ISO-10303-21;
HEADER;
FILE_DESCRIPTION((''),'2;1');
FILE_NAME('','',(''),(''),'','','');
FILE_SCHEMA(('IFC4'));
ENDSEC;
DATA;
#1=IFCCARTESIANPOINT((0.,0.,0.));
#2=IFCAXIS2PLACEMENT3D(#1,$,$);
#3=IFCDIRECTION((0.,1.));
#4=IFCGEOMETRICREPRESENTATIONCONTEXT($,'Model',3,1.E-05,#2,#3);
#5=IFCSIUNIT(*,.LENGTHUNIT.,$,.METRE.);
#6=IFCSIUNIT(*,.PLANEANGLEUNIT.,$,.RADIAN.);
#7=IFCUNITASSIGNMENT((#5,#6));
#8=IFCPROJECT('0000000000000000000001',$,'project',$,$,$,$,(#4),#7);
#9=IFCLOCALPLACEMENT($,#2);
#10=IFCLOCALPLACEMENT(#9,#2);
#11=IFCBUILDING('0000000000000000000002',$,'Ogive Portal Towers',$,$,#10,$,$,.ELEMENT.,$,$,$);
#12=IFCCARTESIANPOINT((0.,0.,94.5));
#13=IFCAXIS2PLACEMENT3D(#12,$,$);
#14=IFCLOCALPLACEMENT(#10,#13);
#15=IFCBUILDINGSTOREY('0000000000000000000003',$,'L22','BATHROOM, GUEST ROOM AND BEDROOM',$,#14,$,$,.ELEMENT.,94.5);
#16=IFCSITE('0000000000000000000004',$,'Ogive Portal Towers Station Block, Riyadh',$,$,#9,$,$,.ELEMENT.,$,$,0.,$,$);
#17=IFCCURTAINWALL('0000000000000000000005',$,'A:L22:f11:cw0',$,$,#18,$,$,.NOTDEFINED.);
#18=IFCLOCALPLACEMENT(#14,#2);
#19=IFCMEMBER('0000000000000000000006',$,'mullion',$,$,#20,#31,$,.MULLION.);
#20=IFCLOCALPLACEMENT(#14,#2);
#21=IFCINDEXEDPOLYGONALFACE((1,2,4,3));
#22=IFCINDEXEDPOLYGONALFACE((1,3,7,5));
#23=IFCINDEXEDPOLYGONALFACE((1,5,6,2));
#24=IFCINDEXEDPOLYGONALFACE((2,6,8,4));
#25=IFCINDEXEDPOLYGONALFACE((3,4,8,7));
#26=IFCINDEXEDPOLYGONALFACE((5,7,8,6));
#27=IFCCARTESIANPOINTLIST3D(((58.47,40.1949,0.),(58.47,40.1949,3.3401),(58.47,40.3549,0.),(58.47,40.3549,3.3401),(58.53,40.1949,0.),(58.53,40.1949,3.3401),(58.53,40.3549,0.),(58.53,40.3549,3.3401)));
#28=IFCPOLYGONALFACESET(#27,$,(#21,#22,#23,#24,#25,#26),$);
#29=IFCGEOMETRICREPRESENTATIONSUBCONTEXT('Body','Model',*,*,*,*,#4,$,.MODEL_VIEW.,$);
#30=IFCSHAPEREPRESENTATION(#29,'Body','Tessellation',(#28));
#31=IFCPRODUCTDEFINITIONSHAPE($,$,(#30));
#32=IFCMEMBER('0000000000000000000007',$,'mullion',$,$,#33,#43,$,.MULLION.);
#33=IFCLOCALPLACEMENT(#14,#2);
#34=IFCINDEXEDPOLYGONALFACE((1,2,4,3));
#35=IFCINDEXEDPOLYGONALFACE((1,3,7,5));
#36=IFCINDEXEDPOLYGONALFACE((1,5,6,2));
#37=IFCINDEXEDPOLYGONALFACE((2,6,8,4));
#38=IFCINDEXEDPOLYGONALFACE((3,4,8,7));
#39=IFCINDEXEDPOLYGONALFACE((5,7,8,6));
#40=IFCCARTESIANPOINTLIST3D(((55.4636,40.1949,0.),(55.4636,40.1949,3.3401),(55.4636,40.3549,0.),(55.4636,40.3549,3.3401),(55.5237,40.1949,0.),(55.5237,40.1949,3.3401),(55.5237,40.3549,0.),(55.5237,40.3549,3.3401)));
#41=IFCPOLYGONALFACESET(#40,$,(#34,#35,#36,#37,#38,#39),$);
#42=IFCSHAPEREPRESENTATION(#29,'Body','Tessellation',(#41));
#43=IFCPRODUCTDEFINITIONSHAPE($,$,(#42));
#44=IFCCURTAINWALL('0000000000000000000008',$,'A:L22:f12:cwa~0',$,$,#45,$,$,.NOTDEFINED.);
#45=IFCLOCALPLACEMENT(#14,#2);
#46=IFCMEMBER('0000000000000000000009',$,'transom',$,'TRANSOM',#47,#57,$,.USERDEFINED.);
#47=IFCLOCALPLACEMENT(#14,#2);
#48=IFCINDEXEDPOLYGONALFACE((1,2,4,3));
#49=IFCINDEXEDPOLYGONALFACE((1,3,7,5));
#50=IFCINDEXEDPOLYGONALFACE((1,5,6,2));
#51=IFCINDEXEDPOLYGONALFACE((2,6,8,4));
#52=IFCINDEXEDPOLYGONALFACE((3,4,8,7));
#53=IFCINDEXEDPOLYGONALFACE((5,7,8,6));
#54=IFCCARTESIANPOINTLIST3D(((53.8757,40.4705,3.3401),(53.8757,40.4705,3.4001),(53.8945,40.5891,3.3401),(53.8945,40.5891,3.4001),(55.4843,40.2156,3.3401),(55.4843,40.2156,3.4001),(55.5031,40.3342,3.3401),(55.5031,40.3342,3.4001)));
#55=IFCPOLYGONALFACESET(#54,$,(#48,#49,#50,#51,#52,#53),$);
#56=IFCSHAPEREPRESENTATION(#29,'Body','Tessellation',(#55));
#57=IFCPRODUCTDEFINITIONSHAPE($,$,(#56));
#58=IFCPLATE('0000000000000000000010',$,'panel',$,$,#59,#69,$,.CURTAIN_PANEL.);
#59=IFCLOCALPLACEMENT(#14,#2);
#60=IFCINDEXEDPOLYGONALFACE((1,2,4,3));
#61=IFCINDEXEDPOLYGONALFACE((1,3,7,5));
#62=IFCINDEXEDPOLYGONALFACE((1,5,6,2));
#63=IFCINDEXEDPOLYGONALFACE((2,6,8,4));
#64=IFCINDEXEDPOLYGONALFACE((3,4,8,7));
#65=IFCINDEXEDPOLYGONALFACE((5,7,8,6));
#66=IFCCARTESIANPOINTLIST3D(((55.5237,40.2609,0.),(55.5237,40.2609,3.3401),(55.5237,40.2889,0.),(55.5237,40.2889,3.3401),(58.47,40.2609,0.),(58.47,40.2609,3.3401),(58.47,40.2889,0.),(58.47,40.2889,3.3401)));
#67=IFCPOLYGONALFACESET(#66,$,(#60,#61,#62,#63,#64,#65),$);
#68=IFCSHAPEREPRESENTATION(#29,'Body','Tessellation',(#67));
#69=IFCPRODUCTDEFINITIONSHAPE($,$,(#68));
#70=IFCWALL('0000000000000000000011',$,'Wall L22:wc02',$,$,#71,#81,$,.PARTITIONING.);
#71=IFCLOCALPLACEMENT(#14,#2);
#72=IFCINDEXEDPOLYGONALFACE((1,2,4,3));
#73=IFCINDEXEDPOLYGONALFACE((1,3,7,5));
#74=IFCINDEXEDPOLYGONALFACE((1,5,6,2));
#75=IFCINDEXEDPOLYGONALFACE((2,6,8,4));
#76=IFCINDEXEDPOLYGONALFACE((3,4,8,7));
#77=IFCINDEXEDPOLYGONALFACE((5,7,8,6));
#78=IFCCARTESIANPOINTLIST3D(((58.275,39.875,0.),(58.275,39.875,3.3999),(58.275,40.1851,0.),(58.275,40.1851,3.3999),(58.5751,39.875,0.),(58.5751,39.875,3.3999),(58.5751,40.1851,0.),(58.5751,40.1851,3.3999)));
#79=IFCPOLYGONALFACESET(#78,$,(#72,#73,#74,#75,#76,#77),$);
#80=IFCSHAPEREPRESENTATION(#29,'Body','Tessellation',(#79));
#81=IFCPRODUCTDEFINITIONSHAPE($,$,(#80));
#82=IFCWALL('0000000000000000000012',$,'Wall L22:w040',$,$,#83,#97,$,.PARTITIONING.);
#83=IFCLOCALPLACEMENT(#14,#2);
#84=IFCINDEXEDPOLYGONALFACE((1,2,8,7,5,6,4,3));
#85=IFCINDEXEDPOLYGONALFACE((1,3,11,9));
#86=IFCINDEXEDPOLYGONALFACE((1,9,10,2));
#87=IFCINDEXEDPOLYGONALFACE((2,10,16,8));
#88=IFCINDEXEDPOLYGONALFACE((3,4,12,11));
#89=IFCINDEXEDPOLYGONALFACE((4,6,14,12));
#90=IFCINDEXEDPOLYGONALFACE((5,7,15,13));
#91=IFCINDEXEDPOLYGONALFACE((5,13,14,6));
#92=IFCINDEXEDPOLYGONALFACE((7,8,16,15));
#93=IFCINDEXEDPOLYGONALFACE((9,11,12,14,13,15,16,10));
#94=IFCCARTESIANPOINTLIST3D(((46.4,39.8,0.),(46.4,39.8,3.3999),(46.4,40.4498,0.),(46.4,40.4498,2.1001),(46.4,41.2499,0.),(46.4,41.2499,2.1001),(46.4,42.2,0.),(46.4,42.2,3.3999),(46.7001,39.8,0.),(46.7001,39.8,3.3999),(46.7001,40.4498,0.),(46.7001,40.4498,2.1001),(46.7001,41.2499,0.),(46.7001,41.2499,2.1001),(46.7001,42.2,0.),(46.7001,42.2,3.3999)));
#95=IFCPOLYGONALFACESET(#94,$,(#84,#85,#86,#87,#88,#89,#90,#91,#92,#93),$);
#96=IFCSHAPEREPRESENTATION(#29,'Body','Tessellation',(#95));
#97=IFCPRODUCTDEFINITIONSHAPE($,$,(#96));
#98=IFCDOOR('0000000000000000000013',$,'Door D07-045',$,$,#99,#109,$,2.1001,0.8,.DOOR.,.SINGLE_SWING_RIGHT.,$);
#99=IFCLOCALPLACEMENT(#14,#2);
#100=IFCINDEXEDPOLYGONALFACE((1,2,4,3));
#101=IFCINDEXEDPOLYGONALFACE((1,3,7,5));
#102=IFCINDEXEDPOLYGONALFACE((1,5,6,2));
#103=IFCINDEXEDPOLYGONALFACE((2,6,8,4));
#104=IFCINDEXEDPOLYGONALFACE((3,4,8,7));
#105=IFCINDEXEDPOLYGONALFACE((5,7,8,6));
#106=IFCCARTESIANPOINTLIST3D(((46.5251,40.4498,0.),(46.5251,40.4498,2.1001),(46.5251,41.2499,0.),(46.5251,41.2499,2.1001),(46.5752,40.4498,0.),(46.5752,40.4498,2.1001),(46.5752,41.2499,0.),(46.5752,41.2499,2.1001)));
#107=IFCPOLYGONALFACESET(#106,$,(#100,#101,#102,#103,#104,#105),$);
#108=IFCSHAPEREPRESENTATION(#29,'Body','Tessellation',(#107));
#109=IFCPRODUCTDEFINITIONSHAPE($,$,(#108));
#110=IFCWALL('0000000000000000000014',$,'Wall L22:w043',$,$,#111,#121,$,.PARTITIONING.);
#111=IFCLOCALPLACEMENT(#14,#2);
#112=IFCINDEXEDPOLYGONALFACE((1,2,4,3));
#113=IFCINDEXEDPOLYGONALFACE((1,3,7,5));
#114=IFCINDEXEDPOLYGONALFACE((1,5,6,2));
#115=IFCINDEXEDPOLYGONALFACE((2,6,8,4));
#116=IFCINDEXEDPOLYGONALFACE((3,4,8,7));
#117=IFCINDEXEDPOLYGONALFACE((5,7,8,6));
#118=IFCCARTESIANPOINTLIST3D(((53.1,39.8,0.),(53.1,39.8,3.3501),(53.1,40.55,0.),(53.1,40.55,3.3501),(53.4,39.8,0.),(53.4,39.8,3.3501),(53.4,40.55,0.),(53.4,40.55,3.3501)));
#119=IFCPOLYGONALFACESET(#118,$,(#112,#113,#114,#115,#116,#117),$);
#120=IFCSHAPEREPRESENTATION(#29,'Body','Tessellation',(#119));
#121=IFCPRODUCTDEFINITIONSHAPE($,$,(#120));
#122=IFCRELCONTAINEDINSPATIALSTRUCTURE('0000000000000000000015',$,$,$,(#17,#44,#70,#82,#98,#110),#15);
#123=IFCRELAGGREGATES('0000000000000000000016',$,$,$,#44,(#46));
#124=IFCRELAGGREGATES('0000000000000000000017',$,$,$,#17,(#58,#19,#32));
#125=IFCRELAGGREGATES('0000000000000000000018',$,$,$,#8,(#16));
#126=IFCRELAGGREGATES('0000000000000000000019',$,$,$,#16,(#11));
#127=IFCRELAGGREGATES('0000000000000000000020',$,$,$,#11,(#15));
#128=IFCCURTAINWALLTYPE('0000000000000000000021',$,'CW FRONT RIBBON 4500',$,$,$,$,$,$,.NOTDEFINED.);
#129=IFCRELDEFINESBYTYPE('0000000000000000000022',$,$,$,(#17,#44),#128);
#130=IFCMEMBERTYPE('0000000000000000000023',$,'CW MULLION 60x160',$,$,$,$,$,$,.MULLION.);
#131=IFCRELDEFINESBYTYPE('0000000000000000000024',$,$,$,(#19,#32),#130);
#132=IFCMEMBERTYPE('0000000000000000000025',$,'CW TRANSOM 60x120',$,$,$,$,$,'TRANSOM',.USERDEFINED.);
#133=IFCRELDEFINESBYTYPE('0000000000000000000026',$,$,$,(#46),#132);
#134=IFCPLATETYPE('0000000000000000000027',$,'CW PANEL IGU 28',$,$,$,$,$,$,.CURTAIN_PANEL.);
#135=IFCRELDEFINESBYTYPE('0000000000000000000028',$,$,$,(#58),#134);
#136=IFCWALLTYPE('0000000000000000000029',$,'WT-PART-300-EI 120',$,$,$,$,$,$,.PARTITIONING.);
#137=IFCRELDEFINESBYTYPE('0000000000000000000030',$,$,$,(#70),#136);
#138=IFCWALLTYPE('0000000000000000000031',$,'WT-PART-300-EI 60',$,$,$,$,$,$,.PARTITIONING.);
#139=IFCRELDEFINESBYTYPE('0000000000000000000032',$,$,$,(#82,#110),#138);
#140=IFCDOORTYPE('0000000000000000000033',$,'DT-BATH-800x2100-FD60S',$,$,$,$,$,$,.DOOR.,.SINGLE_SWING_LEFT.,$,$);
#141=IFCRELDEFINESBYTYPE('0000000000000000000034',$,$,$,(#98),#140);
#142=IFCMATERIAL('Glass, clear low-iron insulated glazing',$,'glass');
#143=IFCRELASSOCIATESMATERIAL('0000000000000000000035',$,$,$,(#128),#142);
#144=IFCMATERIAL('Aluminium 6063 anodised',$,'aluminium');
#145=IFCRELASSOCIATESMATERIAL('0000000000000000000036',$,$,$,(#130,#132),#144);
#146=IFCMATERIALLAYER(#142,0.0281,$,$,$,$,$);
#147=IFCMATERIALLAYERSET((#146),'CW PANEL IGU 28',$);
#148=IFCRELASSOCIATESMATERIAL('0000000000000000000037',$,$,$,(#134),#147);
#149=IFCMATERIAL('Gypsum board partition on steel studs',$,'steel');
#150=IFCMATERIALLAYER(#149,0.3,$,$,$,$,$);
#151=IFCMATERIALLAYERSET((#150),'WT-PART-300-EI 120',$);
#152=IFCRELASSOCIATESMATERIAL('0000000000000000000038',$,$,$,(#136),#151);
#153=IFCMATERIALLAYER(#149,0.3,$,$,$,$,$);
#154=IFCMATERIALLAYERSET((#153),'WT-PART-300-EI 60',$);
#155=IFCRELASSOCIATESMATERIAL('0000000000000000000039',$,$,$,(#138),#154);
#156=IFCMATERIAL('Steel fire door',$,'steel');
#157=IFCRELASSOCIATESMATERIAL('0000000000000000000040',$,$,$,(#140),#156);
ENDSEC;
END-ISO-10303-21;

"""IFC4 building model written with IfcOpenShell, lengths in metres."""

from ifc_helpers import new_model, si_unit, direction, frame, frame_2d, origin, origin_2d, place, context, subcontext, project, spatial, rectangle, extrude, material, layer, layer_set, material_profile, profile_set, type_object, element, fill, aggregate, save


model = new_model("IFC4")

# Units and contexts
model_context = context("Model", 3, precision=1e-05, world=origin(), true_north=direction((0.0, 1.0)))
body_context = subcontext(model_context, "Body", "Model", "MODEL_VIEW")
ifc_project = project(units=[si_unit("LENGTHUNIT", "METRE"), si_unit("PLANEANGLEUNIT", "RADIAN")], contexts=[model_context])

# Site, building, storey
site_placement = place(None, origin())
site = spatial("IfcSite", under=ifc_project, at=site_placement, Name="Ogive Portal Towers Station Block, Riyadh", CompositionType="ELEMENT", RefElevation=0.0)
building_placement = place(site_placement, origin())
building = spatial("IfcBuilding", under=site, at=building_placement, Name="Ogive Portal Towers", CompositionType="ELEMENT")
storey_placement = place(building_placement, frame((0.0, 0.0, 94.5)))
storey = spatial("IfcBuildingStorey", under=building, at=storey_placement, Name="L22", Description="BATHROOM, GUEST ROOM AND BEDROOM", CompositionType="ELEMENT", Elevation=94.5)

# Curtain wall, members
ifc_material_1 = material(Name="Glass, clear low-iron insulated glazing", Category="glass")
curtain_wall_type = type_object("IfcCurtainWallType", Name="CW FRONT RIBBON 4500", PredefinedType="NOTDEFINED", material=ifc_material_1)
curtain_wall_1_placement = place(storey_placement, origin())
curtain_wall_1 = element("IfcCurtainWall", 1, at=curtain_wall_1_placement, inside=storey, type_object=curtain_wall_type, Name="A:L22:f11:cw0", PredefinedType="NOTDEFINED")
ifc_material_2 = material(Name="Aluminium 6063 anodised", Category="aluminium")
ifc_material_profile_1 = material_profile(ifc_material_2, rectangle(XDim=0.1599, YDim=0.0601, at=origin_2d()), Name="AL 60x160")
ifc_profile_set_1 = profile_set([ifc_material_profile_1], Name="Aluminium 6063 anodised")
member_type_1 = type_object("IfcMemberType", Name="CW MULLION 60x160", PredefinedType="MULLION", material=ifc_profile_set_1)
member_1_placement = place(storey_placement, frame((58.5, 40.2749, 0.0), z_axis=(0.0, 0.0, 1.0), x_axis=(0.0, -1.0, 0.0)))
member_1 = element("IfcMember", 2, at=member_1_placement, type_object=member_type_1, Name="mullion", PredefinedType="MULLION", context=body_context, shape_type="SweptSolid", body=[
    extrude(rectangle(XDim=0.1599, YDim=0.0601, at=origin_2d()), origin(), (0.0, 0.0, 1.0), 3.3401),
])
member_2_placement = place(storey_placement, frame((55.4937, 40.2749, 0.0), z_axis=(0.0, 0.0, 1.0), x_axis=(0.0, -1.0, 0.0)))
member_2 = element("IfcMember", 3, at=member_2_placement, type_object=member_type_1, Name="mullion", PredefinedType="MULLION", context=body_context, shape_type="SweptSolid", body=[
    extrude(rectangle(XDim=0.1599, YDim=0.0601, at=origin_2d()), origin(), (0.0, 0.0, 1.0), 3.3401),
])

# Curtain wall, member
curtain_wall_2_placement = place(storey_placement, origin())
curtain_wall_2 = element("IfcCurtainWall", 4, at=curtain_wall_2_placement, inside=storey, type_object=curtain_wall_type, Name="A:L22:f12:cwa~0", PredefinedType="NOTDEFINED")
ifc_material_profile_2 = material_profile(ifc_material_2, rectangle(XDim=0.1201, YDim=0.0601, at=origin_2d()), Name="AL 120x60")
ifc_profile_set_2 = profile_set([ifc_material_profile_2], Name="Aluminium 6063 anodised")
member_type_2 = type_object("IfcMemberType", Name="CW TRANSOM 60x120", ElementType="TRANSOM", PredefinedType="USERDEFINED", material=ifc_profile_set_2)
member_3_placement = place(storey_placement, frame((55.4937, 40.2749, 3.3701), z_axis=(-0.987679, 0.156494, 0.0), x_axis=(-0.156494, -0.987679, 0.0)))
member_3 = element("IfcMember", 5, at=member_3_placement, type_object=member_type_2, Name="transom", ObjectType="TRANSOM", PredefinedType="USERDEFINED", context=body_context, shape_type="SweptSolid", body=[
    extrude(rectangle(XDim=0.1201, YDim=0.0601, at=origin_2d()), origin(), (0.0, 0.0, 1.0), 1.6287),
])
aggregate(curtain_wall_2, [member_3])

# Plate
ifc_layer_1 = layer(ifc_material_1, 0.0281)
ifc_layer_set_1 = layer_set([ifc_layer_1], Name="CW PANEL IGU 28")
plate_type = type_object("IfcPlateType", Name="CW PANEL IGU 28", PredefinedType="CURTAIN_PANEL", material=ifc_layer_set_1)
plate_placement = place(storey_placement, frame((56.9968, 40.2749, 0.0), z_axis=(0.0, 0.0, 1.0), x_axis=(-1.0, 0.0, 0.0)))
plate = element("IfcPlate", 6, at=plate_placement, type_object=plate_type, Name="panel", PredefinedType="CURTAIN_PANEL", context=body_context, shape_type="SweptSolid", body=[
    extrude(rectangle(XDim=2.9463, YDim=0.0281, at=origin_2d()), origin(), (0.0, 0.0, 1.0), 3.3401),
])
aggregate(curtain_wall_1, [plate, member_1, member_2])

# Wall
ifc_material_3 = material(Name="Gypsum board partition on steel studs", Category="steel")
ifc_layer_2 = layer(ifc_material_3, 0.3)
ifc_layer_set_2 = layer_set([ifc_layer_2], Name="WT-PART-300-EI 120")
wall_type_1 = type_object("IfcWallType", Name="WT-PART-300-EI 120", PredefinedType="PARTITIONING", material=ifc_layer_set_2)
wall_1_placement = place(storey_placement, frame((58.425, 39.875, 0.0), z_axis=(0.0, 0.0, 1.0), x_axis=(0.0, 1.0, 0.0)))
element("IfcWall", 7, at=wall_1_placement, inside=storey, type_object=wall_type_1, Name="Wall L22:wc02", PredefinedType="PARTITIONING", context=body_context, shape_type="SweptSolid", body=[
    extrude(rectangle(XDim=0.3101, YDim=0.3, at=frame_2d((0.155, 0.0))), origin(), (0.0, 0.0, 1.0), 3.3999),
])

# Wall, opening, door
ifc_layer_3 = layer(ifc_material_3, 0.3)
ifc_layer_set_3 = layer_set([ifc_layer_3], Name="WT-PART-300-EI 60")
wall_type_2 = type_object("IfcWallType", Name="WT-PART-300-EI 60", PredefinedType="PARTITIONING", material=ifc_layer_set_3)
wall_2_placement = place(storey_placement, frame((46.55, 39.8, 0.0), z_axis=(0.0, 0.0, 1.0), x_axis=(0.0, 1.0, 0.0)))
wall_2 = element("IfcWall", 8, at=wall_2_placement, inside=storey, type_object=wall_type_2, Name="Wall L22:w040", PredefinedType="PARTITIONING", context=body_context, shape_type="SweptSolid", body=[
    extrude(rectangle(XDim=2.3999, YDim=0.3, at=frame_2d((1.2, 0.0))), origin(), (0.0, 0.0, 1.0), 3.3999),
])
opening_placement = place(wall_2_placement, frame((0.6499, 0.0, 0.0)))
opening = element("IfcOpeningElement", 9, at=opening_placement, cuts=wall_2, PredefinedType="OPENING", context=body_context, shape_type="SweptSolid", body=[
    extrude(rectangle(XDim=0.8, YDim=2.1001, at=frame_2d((0.3999, 1.05))), frame((0.0, 0.1602, 0.0), z_axis=(0.0, -1.0, 0.0), x_axis=(1.0, 0.0, 0.0)), (0.0, 0.0, 1.0), 0.3201),
])
ifc_material_4 = material(Name="Steel fire door", Category="steel")
door_type = type_object("IfcDoorType", Name="DT-BATH-800x2100-FD60S", OperationType="SINGLE_SWING_LEFT", PredefinedType="DOOR", material=ifc_material_4)
door_placement = place(opening_placement, origin())
door = element("IfcDoor", 10, at=door_placement, inside=storey, type_object=door_type, Name="Door D07-045", OperationType="SINGLE_SWING_RIGHT", OverallHeight=2.1001, OverallWidth=0.8, PredefinedType="DOOR", context=body_context, shape_type="SweptSolid", body=[
    extrude(rectangle(XDim=0.8, YDim=2.1001, at=frame_2d((0.3999, 1.05))), frame((0.0, 0.0249, 0.0), z_axis=(0.0, -1.0, 0.0), x_axis=(1.0, 0.0, 0.0)), (0.0, 0.0, 1.0), 0.05),
])
fill(opening, door)

# Wall
wall_3_placement = place(storey_placement, frame((53.25, 39.8, 0.0), z_axis=(0.0, 0.0, 1.0), x_axis=(0.0, 1.0, 0.0)))
element("IfcWall", 11, at=wall_3_placement, inside=storey, type_object=wall_type_2, Name="Wall L22:w043", PredefinedType="PARTITIONING", context=body_context, shape_type="SweptSolid", body=[
    extrude(rectangle(XDim=0.75, YDim=0.3, at=frame_2d((0.375, 0.0))), origin(), (0.0, 0.0, 1.0), 3.3501),
])

save(model, "model.ifc")
